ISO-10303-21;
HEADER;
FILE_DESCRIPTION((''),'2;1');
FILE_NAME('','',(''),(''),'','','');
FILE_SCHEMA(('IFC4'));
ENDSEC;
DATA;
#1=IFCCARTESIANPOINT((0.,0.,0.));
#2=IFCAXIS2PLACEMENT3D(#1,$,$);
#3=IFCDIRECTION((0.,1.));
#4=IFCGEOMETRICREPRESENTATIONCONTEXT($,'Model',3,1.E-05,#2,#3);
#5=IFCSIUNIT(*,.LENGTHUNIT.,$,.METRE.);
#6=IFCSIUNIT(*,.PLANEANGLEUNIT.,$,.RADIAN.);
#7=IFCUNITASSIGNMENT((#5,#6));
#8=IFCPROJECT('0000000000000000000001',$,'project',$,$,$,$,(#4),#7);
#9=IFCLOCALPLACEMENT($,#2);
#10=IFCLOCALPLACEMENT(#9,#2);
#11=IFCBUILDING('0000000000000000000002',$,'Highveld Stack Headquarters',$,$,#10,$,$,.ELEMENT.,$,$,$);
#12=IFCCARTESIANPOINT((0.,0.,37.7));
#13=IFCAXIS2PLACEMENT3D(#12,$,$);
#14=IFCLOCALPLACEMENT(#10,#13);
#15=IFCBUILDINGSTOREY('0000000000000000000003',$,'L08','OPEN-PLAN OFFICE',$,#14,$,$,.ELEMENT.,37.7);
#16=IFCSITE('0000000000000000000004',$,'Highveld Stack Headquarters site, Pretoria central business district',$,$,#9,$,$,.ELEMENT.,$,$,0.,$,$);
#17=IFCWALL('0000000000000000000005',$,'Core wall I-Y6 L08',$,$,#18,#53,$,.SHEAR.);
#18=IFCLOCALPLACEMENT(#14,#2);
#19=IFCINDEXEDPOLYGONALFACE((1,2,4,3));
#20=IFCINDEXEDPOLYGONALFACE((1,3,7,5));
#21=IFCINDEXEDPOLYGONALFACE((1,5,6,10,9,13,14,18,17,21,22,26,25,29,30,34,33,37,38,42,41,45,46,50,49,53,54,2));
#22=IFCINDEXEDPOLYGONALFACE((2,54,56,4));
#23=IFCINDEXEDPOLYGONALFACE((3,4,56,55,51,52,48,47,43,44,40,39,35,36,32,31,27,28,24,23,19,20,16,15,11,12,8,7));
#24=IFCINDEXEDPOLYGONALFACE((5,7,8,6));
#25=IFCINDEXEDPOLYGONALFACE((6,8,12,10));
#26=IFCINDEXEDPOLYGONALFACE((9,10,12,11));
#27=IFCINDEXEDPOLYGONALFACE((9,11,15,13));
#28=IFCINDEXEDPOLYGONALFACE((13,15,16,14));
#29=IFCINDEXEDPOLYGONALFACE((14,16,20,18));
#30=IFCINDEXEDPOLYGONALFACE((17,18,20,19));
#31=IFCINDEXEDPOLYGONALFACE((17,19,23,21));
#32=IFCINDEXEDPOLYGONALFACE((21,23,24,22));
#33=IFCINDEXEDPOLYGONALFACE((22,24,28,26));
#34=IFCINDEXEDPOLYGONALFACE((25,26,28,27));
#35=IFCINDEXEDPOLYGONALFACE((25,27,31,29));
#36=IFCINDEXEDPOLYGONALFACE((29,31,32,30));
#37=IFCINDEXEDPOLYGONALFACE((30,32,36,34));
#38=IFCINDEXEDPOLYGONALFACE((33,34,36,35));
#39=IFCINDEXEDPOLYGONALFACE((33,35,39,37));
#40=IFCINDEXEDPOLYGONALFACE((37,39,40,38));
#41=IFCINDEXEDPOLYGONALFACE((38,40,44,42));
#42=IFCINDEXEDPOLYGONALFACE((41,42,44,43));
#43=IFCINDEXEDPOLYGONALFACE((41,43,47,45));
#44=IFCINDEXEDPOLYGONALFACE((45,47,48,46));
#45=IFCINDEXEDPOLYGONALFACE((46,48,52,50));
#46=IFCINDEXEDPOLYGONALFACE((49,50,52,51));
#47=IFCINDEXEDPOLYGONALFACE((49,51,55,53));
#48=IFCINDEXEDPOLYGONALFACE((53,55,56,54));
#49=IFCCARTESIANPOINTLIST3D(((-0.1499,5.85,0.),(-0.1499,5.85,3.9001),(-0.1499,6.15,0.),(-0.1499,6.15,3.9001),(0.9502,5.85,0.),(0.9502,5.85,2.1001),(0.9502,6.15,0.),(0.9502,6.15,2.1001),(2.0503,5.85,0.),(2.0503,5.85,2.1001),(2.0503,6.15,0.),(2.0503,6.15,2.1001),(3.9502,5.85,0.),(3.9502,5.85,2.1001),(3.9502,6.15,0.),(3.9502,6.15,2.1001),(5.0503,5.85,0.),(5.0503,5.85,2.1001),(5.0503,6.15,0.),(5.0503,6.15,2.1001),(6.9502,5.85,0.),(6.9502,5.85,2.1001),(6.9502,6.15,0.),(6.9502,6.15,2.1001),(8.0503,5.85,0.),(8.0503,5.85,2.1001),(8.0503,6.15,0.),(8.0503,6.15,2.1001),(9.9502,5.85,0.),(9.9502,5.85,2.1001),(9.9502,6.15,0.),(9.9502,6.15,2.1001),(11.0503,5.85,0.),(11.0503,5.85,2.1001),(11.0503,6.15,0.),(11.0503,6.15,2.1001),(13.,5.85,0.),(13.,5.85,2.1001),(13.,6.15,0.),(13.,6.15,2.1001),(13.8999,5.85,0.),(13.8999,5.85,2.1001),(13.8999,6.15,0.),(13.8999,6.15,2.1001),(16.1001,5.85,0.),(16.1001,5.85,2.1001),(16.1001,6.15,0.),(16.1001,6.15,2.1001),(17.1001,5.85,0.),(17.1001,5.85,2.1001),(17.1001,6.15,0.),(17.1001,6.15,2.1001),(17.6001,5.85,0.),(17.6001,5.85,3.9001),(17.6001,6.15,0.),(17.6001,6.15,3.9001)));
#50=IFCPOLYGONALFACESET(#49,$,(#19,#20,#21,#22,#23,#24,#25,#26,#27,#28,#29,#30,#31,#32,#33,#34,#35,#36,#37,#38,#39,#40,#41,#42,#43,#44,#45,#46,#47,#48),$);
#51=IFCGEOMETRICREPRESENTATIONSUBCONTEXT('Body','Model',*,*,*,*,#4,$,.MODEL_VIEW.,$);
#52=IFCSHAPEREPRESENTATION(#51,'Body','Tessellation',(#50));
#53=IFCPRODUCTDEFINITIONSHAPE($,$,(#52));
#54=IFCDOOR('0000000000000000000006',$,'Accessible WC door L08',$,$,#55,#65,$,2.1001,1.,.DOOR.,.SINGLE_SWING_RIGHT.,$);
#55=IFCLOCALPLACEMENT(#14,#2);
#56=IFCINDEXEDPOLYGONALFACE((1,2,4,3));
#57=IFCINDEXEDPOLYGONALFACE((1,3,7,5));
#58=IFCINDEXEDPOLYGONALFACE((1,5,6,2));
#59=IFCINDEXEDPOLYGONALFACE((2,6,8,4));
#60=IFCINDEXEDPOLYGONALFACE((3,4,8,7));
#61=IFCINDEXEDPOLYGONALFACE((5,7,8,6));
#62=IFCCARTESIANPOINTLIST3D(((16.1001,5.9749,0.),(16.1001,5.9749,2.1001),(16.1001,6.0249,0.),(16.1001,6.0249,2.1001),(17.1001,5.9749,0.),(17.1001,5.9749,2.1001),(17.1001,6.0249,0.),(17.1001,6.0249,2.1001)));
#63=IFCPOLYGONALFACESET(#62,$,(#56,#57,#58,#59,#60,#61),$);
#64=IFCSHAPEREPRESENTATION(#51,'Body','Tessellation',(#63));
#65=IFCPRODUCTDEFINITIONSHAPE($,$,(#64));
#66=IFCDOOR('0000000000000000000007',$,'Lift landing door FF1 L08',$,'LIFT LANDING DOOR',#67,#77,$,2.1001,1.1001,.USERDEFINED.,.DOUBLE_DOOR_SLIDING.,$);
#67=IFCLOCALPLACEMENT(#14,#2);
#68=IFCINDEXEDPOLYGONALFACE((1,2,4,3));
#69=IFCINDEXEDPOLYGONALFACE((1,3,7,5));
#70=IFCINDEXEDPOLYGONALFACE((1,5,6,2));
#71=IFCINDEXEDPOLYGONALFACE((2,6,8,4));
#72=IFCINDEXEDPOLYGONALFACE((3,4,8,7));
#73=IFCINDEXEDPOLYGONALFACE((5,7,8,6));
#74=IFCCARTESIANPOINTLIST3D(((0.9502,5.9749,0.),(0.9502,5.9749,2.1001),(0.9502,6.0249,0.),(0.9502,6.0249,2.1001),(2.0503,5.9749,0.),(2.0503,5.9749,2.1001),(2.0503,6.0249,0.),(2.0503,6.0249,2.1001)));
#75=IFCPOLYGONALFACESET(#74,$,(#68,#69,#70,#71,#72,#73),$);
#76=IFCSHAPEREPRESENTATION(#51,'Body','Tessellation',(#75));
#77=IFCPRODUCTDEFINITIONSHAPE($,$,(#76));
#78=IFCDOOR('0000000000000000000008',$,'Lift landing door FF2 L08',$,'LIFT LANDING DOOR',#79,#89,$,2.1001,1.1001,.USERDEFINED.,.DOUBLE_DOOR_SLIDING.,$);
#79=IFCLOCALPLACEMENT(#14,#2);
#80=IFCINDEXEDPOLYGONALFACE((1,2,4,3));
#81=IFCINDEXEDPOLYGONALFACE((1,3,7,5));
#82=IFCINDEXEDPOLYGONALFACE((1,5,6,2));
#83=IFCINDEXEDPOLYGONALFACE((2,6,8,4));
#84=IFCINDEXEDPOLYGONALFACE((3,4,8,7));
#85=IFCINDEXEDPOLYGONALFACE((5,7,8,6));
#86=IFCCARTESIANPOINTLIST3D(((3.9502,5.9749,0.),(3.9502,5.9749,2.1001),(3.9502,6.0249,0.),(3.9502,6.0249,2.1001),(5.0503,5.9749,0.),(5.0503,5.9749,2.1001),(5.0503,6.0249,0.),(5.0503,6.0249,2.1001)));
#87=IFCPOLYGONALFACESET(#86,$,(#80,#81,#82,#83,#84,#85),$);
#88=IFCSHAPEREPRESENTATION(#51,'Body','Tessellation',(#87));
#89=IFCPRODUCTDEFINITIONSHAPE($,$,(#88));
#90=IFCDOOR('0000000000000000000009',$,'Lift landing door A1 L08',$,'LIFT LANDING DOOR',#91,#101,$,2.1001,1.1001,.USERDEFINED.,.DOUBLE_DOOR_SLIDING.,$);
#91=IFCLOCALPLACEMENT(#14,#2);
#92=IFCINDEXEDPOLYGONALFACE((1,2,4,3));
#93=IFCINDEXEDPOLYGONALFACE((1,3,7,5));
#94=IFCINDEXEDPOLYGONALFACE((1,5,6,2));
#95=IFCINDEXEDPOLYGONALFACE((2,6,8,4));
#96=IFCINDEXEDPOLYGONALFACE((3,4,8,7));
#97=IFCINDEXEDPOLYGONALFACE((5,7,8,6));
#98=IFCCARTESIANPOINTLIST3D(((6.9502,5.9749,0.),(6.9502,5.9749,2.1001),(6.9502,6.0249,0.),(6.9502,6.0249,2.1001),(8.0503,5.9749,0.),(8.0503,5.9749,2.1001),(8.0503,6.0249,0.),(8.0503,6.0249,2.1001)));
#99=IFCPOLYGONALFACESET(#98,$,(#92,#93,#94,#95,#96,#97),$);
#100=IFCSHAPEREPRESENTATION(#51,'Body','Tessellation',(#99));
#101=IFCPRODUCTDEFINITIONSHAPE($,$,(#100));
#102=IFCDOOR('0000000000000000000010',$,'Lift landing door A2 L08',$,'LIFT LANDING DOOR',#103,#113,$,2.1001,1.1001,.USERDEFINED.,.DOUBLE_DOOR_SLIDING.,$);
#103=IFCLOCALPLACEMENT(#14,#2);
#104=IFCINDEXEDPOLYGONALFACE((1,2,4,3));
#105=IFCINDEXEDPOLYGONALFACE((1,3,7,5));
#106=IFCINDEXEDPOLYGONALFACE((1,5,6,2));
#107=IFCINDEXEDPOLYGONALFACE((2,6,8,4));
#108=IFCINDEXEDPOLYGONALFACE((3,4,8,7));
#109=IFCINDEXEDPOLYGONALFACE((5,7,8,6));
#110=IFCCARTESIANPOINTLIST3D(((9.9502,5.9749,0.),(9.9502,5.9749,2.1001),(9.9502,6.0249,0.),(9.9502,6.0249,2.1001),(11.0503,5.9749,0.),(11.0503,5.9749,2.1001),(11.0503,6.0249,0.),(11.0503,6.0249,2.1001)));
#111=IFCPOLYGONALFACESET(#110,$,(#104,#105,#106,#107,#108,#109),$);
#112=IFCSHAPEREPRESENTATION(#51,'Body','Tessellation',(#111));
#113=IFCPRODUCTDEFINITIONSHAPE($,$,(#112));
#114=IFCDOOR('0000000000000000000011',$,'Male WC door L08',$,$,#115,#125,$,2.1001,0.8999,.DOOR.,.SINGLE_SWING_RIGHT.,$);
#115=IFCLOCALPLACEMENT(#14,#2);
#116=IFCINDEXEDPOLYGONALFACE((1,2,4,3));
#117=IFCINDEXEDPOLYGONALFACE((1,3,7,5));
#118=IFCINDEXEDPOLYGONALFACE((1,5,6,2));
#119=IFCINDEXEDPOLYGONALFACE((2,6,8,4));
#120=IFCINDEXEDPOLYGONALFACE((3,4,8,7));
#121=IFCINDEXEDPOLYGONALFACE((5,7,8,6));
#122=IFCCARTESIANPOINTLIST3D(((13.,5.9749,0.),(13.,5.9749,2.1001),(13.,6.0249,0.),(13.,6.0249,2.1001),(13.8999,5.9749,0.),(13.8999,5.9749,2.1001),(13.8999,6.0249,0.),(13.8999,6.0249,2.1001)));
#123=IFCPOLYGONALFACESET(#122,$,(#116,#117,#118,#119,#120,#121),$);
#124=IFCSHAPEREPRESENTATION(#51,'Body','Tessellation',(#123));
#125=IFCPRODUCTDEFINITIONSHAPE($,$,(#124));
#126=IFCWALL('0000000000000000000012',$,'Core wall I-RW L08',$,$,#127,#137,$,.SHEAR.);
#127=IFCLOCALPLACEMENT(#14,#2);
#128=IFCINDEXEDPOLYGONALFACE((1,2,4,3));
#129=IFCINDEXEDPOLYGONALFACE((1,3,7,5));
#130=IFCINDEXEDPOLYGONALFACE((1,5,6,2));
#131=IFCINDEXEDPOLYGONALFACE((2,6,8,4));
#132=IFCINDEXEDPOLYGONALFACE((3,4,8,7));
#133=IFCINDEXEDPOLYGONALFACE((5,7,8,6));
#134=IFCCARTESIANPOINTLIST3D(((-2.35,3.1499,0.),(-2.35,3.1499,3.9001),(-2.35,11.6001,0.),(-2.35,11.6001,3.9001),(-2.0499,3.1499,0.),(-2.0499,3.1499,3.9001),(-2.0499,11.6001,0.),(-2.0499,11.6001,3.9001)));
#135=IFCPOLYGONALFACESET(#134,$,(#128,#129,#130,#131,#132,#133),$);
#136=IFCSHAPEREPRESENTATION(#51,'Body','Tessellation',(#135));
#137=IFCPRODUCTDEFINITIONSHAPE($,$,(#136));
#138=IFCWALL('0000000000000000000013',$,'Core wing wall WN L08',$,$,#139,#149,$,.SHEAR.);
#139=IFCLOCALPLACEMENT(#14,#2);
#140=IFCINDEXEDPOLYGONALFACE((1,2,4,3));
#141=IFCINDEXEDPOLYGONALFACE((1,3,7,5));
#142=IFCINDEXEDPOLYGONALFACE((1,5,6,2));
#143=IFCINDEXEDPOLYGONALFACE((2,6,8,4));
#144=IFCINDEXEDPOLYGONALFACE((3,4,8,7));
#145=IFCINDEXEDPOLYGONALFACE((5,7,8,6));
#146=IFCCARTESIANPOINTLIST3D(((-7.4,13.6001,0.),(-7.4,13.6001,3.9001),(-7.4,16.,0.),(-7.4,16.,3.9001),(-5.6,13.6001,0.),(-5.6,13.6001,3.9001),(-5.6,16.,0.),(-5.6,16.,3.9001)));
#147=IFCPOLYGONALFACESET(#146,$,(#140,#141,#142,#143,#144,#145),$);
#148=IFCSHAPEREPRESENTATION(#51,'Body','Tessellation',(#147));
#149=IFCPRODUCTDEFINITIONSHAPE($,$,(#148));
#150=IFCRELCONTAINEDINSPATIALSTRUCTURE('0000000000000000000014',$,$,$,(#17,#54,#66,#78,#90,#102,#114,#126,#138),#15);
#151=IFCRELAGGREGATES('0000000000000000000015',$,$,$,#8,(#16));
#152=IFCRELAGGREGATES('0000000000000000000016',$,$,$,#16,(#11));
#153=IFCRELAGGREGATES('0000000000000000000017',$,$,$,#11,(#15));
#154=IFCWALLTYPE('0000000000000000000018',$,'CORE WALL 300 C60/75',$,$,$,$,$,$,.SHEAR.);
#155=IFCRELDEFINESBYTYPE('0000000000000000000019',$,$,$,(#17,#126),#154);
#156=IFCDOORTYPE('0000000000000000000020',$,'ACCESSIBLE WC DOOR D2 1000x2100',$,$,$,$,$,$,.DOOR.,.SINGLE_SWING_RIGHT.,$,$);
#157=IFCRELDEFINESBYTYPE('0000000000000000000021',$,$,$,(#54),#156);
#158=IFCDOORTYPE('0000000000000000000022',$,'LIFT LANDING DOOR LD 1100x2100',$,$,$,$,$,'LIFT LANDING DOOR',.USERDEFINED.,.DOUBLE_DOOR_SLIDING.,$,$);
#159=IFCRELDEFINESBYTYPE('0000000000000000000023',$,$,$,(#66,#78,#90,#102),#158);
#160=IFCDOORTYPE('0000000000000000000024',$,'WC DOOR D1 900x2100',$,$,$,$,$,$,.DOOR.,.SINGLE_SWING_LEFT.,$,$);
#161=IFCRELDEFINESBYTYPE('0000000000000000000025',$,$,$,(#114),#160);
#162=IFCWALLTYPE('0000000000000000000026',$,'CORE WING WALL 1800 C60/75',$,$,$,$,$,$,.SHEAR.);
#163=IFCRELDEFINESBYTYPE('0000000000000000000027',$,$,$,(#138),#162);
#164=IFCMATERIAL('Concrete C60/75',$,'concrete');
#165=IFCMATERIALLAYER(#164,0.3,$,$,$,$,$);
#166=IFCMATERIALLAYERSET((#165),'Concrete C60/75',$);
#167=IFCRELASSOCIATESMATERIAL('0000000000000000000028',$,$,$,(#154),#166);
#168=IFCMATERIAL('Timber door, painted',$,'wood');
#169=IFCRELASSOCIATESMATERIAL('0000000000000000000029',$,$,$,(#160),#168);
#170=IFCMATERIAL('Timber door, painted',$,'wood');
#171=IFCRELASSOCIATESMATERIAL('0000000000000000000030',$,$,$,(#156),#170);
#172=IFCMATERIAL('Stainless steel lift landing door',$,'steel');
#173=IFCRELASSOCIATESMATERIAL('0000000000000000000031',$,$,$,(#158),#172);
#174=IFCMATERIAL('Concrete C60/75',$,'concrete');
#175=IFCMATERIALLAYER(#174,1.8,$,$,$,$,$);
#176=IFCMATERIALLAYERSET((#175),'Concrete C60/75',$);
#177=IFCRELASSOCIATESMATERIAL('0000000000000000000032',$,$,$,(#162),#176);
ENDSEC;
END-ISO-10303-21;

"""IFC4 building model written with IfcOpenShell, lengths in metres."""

from ifc_helpers import new_model, si_unit, direction, frame, frame_2d, origin, place, context, subcontext, project, spatial, rectangle, extrude, material, layer, layer_set, type_object, element, fill, save


model = new_model("IFC4")

# Units and contexts
model_context = context("Model", 3, precision=1e-05, world=origin(), true_north=direction((0.0, 1.0)))
body_context = subcontext(model_context, "Body", "Model", "MODEL_VIEW")
ifc_project = project(units=[si_unit("LENGTHUNIT", "METRE"), si_unit("PLANEANGLEUNIT", "RADIAN")], contexts=[model_context])

# Site, building, storey
site_placement = place(None, origin())
site = spatial("IfcSite", under=ifc_project, at=site_placement, Name="Highveld Stack Headquarters site, Pretoria central business district", CompositionType="ELEMENT", RefElevation=0.0)
building_placement = place(site_placement, origin())
building = spatial("IfcBuilding", under=site, at=building_placement, Name="Highveld Stack Headquarters", CompositionType="ELEMENT")
storey_placement = place(building_placement, frame((0.0, 0.0, 37.7)))
storey = spatial("IfcBuildingStorey", under=building, at=storey_placement, Name="L08", Description="OPEN-PLAN OFFICE", CompositionType="ELEMENT", Elevation=37.7)

# Wall, openings, doors
ifc_material_1 = material(Name="Concrete C60/75", Category="concrete")
ifc_layer_1 = layer(ifc_material_1, 0.3)
ifc_layer_set_1 = layer_set([ifc_layer_1], Name="Concrete C60/75")
wall_type_1 = type_object("IfcWallType", Name="CORE WALL 300 C60/75", PredefinedType="SHEAR", material=ifc_layer_set_1)
ifc_material_2 = material(Name="Timber door, painted", Category="wood")
door_type_1 = type_object("IfcDoorType", Name="WC DOOR D1 900x2100", OperationType="SINGLE_SWING_LEFT", PredefinedType="DOOR", material=ifc_material_2)
wall_1_placement = place(storey_placement, frame((-0.1499, 6.0, 0.0), z_axis=(0.0, 0.0, 1.0), x_axis=(1.0, 0.0, 0.0)))
wall_1 = element("IfcWall", 1, at=wall_1_placement, inside=storey, type_object=wall_type_1, Name="Core wall I-Y6 L08", PredefinedType="SHEAR", context=body_context, shape_type="SweptSolid", body=[
    extrude(rectangle(XDim=17.75, YDim=0.3, at=frame_2d((8.875, 0.0))), origin(), (0.0, 0.0, 1.0), 3.9001),
])
opening_1_placement = place(wall_1_placement, frame((13.1499, 0.0, 0.0)))
opening_1 = element("IfcOpeningElement", 2, at=opening_1_placement, cuts=wall_1, PredefinedType="OPENING", context=body_context, shape_type="SweptSolid", body=[
    extrude(rectangle(XDim=0.8999, YDim=2.1001, at=frame_2d((0.45, 1.05))), frame((0.0, 0.1599, 0.0), z_axis=(0.0, -1.0, 0.0), x_axis=(1.0, 0.0, 0.0)), (0.0, 0.0, 1.0), 0.3201),
])
opening_2_placement = place(wall_1_placement, frame((16.25, 0.0, 0.0)))
opening_2 = element("IfcOpeningElement", 3, at=opening_2_placement, cuts=wall_1, PredefinedType="OPENING", context=body_context, shape_type="SweptSolid", body=[
    extrude(rectangle(XDim=1.0, YDim=2.1001, at=frame_2d((0.5, 1.05))), frame((0.0, 0.1599, 0.0), z_axis=(0.0, -1.0, 0.0), x_axis=(1.0, 0.0, 0.0)), (0.0, 0.0, 1.0), 0.3201),
])
opening_3_placement = place(wall_1_placement, frame((1.1001, 0.0, 0.0)))
opening_3 = element("IfcOpeningElement", 4, at=opening_3_placement, cuts=wall_1, PredefinedType="OPENING", context=body_context, shape_type="SweptSolid", body=[
    extrude(rectangle(XDim=1.1001, YDim=2.1001, at=frame_2d((0.55, 1.05))), frame((0.0, 0.1599, 0.0), z_axis=(0.0, -1.0, 0.0), x_axis=(1.0, 0.0, 0.0)), (0.0, 0.0, 1.0), 0.3201),
])
opening_4_placement = place(wall_1_placement, frame((4.1001, 0.0, 0.0)))
opening_4 = element("IfcOpeningElement", 5, at=opening_4_placement, cuts=wall_1, PredefinedType="OPENING", context=body_context, shape_type="SweptSolid", body=[
    extrude(rectangle(XDim=1.1001, YDim=2.1001, at=frame_2d((0.55, 1.05))), frame((0.0, 0.1599, 0.0), z_axis=(0.0, -1.0, 0.0), x_axis=(1.0, 0.0, 0.0)), (0.0, 0.0, 1.0), 0.3201),
])
opening_5_placement = place(wall_1_placement, frame((7.1001, 0.0, 0.0)))
opening_5 = element("IfcOpeningElement", 6, at=opening_5_placement, cuts=wall_1, PredefinedType="OPENING", context=body_context, shape_type="SweptSolid", body=[
    extrude(rectangle(XDim=1.1001, YDim=2.1001, at=frame_2d((0.55, 1.05))), frame((0.0, 0.1599, 0.0), z_axis=(0.0, -1.0, 0.0), x_axis=(1.0, 0.0, 0.0)), (0.0, 0.0, 1.0), 0.3201),
])
opening_6_placement = place(wall_1_placement, frame((10.1001, 0.0, 0.0)))
opening_6 = element("IfcOpeningElement", 7, at=opening_6_placement, cuts=wall_1, PredefinedType="OPENING", context=body_context, shape_type="SweptSolid", body=[
    extrude(rectangle(XDim=1.1001, YDim=2.1001, at=frame_2d((0.55, 1.05))), frame((0.0, 0.1599, 0.0), z_axis=(0.0, -1.0, 0.0), x_axis=(1.0, 0.0, 0.0)), (0.0, 0.0, 1.0), 0.3201),
])
ifc_material_3 = material(Name="Timber door, painted", Category="wood")
door_type_2 = type_object("IfcDoorType", Name="ACCESSIBLE WC DOOR D2 1000x2100", OperationType="SINGLE_SWING_RIGHT", PredefinedType="DOOR", material=ifc_material_3)
door_1_placement = place(opening_2_placement, origin())
door_1 = element("IfcDoor", 8, at=door_1_placement, inside=storey, type_object=door_type_2, Name="Accessible WC door L08", OperationType="SINGLE_SWING_RIGHT", OverallHeight=2.1001, OverallWidth=1.0, PredefinedType="DOOR", context=body_context, shape_type="SweptSolid", body=[
    extrude(rectangle(XDim=1.0, YDim=2.1001, at=frame_2d((0.5, 1.05))), frame((0.0, 0.0249, 0.0), z_axis=(0.0, -1.0, 0.0), x_axis=(1.0, 0.0, 0.0)), (0.0, 0.0, 1.0), 0.05),
])
fill(opening_2, door_1)
ifc_material_4 = material(Name="Stainless steel lift landing door", Category="steel")
door_type_3 = type_object("IfcDoorType", Name="LIFT LANDING DOOR LD 1100x2100", ElementType="LIFT LANDING DOOR", OperationType="DOUBLE_DOOR_SLIDING", PredefinedType="USERDEFINED", material=ifc_material_4)
door_2_placement = place(opening_3_placement, origin())
door_2 = element("IfcDoor", 9, at=door_2_placement, inside=storey, type_object=door_type_3, Name="Lift landing door FF1 L08", ObjectType="LIFT LANDING DOOR", OperationType="DOUBLE_DOOR_SLIDING", OverallHeight=2.1001, OverallWidth=1.1001, PredefinedType="USERDEFINED", context=body_context, shape_type="SweptSolid", body=[
    extrude(rectangle(XDim=1.1001, YDim=2.1001, at=frame_2d((0.55, 1.05))), frame((0.0, 0.0249, 0.0), z_axis=(0.0, -1.0, 0.0), x_axis=(1.0, 0.0, 0.0)), (0.0, 0.0, 1.0), 0.05),
])
fill(opening_3, door_2)
door_3_placement = place(opening_4_placement, origin())
door_3 = element("IfcDoor", 10, at=door_3_placement, inside=storey, type_object=door_type_3, Name="Lift landing door FF2 L08", ObjectType="LIFT LANDING DOOR", OperationType="DOUBLE_DOOR_SLIDING", OverallHeight=2.1001, OverallWidth=1.1001, PredefinedType="USERDEFINED", context=body_context, shape_type="SweptSolid", body=[
    extrude(rectangle(XDim=1.1001, YDim=2.1001, at=frame_2d((0.55, 1.05))), frame((0.0, 0.0249, 0.0), z_axis=(0.0, -1.0, 0.0), x_axis=(1.0, 0.0, 0.0)), (0.0, 0.0, 1.0), 0.05),
])
fill(opening_4, door_3)
door_4_placement = place(opening_5_placement, origin())
door_4 = element("IfcDoor", 11, at=door_4_placement, inside=storey, type_object=door_type_3, Name="Lift landing door A1 L08", ObjectType="LIFT LANDING DOOR", OperationType="DOUBLE_DOOR_SLIDING", OverallHeight=2.1001, OverallWidth=1.1001, PredefinedType="USERDEFINED", context=body_context, shape_type="SweptSolid", body=[
    extrude(rectangle(XDim=1.1001, YDim=2.1001, at=frame_2d((0.55, 1.05))), frame((0.0, 0.0249, 0.0), z_axis=(0.0, -1.0, 0.0), x_axis=(1.0, 0.0, 0.0)), (0.0, 0.0, 1.0), 0.05),
])
fill(opening_5, door_4)
door_5_placement = place(opening_6_placement, origin())
door_5 = element("IfcDoor", 12, at=door_5_placement, inside=storey, type_object=door_type_3, Name="Lift landing door A2 L08", ObjectType="LIFT LANDING DOOR", OperationType="DOUBLE_DOOR_SLIDING", OverallHeight=2.1001, OverallWidth=1.1001, PredefinedType="USERDEFINED", context=body_context, shape_type="SweptSolid", body=[
    extrude(rectangle(XDim=1.1001, YDim=2.1001, at=frame_2d((0.55, 1.05))), frame((0.0, 0.0249, 0.0), z_axis=(0.0, -1.0, 0.0), x_axis=(1.0, 0.0, 0.0)), (0.0, 0.0, 1.0), 0.05),
])
fill(opening_6, door_5)
door_6_placement = place(opening_1_placement, origin())
door_6 = element("IfcDoor", 13, at=door_6_placement, inside=storey, type_object=door_type_1, Name="Male WC door L08", OperationType="SINGLE_SWING_RIGHT", OverallHeight=2.1001, OverallWidth=0.8999, PredefinedType="DOOR", context=body_context, shape_type="SweptSolid", body=[
    extrude(rectangle(XDim=0.8999, YDim=2.1001, at=frame_2d((0.45, 1.05))), frame((0.0, 0.0249, 0.0), z_axis=(0.0, -1.0, 0.0), x_axis=(1.0, 0.0, 0.0)), (0.0, 0.0, 1.0), 0.05),
])
fill(opening_1, door_6)

# Walls
wall_2_placement = place(storey_placement, frame((-2.2, 3.1499, 0.0), z_axis=(0.0, 0.0, 1.0), x_axis=(0.0, 1.0, 0.0)))
element("IfcWall", 14, at=wall_2_placement, inside=storey, type_object=wall_type_1, Name="Core wall I-RW L08", PredefinedType="SHEAR", context=body_context, shape_type="SweptSolid", body=[
    extrude(rectangle(XDim=8.4502, YDim=0.3, at=frame_2d((4.2251, 0.0))), origin(), (0.0, 0.0, 1.0), 3.9001),
])
ifc_material_5 = material(Name="Concrete C60/75", Category="concrete")
ifc_layer_2 = layer(ifc_material_5, 1.8)
ifc_layer_set_2 = layer_set([ifc_layer_2], Name="Concrete C60/75")
wall_type_2 = type_object("IfcWallType", Name="CORE WING WALL 1800 C60/75", PredefinedType="SHEAR", material=ifc_layer_set_2)
wall_3_placement = place(storey_placement, frame((-6.5, 13.6001, 0.0), z_axis=(0.0, 0.0, 1.0), x_axis=(0.0, 1.0, 0.0)))
element("IfcWall", 15, at=wall_3_placement, inside=storey, type_object=wall_type_2, Name="Core wing wall WN L08", PredefinedType="SHEAR", context=body_context, shape_type="SweptSolid", body=[
    extrude(rectangle(XDim=2.3999, YDim=1.8, at=frame_2d((1.2, 0.0))), origin(), (0.0, 0.0, 1.0), 3.9001),
])

save(model, "model.ifc")
